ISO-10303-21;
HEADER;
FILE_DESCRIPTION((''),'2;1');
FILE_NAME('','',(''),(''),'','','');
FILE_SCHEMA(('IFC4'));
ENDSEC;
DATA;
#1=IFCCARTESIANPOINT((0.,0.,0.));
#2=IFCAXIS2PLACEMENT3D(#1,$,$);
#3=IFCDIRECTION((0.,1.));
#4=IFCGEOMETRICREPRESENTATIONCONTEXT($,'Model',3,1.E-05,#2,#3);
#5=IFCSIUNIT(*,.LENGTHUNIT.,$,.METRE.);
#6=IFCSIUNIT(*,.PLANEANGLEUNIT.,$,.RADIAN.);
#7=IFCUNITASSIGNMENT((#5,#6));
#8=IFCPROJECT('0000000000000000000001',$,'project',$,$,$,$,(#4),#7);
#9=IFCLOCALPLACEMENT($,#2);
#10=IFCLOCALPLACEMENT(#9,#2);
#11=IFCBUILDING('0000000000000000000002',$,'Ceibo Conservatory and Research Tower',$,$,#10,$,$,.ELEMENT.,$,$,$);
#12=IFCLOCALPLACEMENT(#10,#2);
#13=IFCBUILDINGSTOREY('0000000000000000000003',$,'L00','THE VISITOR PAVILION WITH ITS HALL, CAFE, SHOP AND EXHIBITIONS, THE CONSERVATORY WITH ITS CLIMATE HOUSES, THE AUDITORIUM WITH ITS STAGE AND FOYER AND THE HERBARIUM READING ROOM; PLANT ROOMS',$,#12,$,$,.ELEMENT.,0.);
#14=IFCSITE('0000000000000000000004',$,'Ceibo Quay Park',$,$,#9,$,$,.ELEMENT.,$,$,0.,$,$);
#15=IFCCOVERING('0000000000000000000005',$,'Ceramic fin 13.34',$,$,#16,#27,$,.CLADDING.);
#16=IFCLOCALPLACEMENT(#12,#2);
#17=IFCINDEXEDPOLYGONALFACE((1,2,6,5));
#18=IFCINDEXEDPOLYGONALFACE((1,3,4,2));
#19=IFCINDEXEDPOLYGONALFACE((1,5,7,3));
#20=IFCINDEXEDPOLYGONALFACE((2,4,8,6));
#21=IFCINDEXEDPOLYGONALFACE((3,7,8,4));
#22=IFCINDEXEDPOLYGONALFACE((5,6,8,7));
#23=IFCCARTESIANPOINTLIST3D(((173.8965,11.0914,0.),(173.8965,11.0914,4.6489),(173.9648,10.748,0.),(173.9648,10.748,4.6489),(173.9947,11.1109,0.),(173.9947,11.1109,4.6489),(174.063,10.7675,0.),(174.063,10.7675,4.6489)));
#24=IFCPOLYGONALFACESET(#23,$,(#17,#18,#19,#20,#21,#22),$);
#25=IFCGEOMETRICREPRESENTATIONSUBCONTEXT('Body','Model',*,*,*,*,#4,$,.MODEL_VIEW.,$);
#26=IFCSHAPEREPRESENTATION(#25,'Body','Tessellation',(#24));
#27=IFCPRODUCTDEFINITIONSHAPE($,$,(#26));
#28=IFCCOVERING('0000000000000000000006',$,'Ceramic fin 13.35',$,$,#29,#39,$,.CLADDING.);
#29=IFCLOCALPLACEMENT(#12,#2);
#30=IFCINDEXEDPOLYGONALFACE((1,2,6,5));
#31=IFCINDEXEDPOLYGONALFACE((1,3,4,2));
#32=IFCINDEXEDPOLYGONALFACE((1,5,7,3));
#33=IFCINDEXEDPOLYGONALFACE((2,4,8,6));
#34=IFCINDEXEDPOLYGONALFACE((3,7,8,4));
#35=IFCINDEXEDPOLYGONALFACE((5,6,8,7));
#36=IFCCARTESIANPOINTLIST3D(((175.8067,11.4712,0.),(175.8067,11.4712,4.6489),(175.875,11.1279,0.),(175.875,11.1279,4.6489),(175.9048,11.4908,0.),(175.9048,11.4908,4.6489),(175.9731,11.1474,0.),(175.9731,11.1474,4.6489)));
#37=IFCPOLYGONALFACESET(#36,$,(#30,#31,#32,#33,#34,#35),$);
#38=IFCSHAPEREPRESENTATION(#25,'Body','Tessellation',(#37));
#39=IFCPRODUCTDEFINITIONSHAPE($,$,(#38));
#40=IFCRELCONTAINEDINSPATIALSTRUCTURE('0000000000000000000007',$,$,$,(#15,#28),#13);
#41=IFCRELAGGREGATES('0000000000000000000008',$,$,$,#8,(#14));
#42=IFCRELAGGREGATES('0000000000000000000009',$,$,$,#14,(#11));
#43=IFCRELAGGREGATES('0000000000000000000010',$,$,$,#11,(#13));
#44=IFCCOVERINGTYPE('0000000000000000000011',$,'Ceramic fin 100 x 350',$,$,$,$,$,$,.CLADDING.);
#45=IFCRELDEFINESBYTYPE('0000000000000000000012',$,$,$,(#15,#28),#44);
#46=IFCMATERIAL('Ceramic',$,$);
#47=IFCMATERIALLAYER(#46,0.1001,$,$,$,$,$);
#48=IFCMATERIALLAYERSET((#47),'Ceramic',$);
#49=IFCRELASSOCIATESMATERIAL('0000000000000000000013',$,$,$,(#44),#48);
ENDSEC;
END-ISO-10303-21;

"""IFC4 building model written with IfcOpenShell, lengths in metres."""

from ifc_helpers import new_model, si_unit, direction, frame, origin, origin_2d, place, context, subcontext, project, spatial, rectangle, extrude, material, layer, layer_set, type_object, element, save


model = new_model("IFC4")

# Units and contexts
model_context = context("Model", 3, precision=1e-05, world=origin(), true_north=direction((0.0, 1.0)))
body_context = subcontext(model_context, "Body", "Model", "MODEL_VIEW")
ifc_project = project(units=[si_unit("LENGTHUNIT", "METRE"), si_unit("PLANEANGLEUNIT", "RADIAN")], contexts=[model_context])

# Site, building, storey
site_placement = place(None, origin())
site = spatial("IfcSite", under=ifc_project, at=site_placement, Name="Ceibo Quay Park", CompositionType="ELEMENT", RefElevation=0.0)
building_placement = place(site_placement, origin())
building = spatial("IfcBuilding", under=site, at=building_placement, Name="Ceibo Conservatory and Research Tower", CompositionType="ELEMENT")
storey_placement = place(building_placement, origin())
storey = spatial("IfcBuildingStorey", under=building, at=storey_placement, Name="L00", Description="THE VISITOR PAVILION WITH ITS HALL, CAFE, SHOP AND EXHIBITIONS, THE CONSERVATORY WITH ITS CLIMATE HOUSES, THE AUDITORIUM WITH ITS STAGE AND FOYER AND THE HERBARIUM READING ROOM; PLANT ROOMS", CompositionType="ELEMENT", Elevation=0.0)

# Coverings
ifc_material_1 = material(Name="Ceramic")
ifc_layer_1 = layer(ifc_material_1, 0.1001)
ifc_layer_set_1 = layer_set([ifc_layer_1], Name="Ceramic")
covering_type = type_object("IfcCoveringType", Name="Ceramic fin 100 x 350", PredefinedType="CLADDING", material=ifc_layer_set_1)
for number, where, z_axis, x_axis, name in (
    (1, (173.9797, 10.9294, 0.0), (0.0, 0.0, 1.0), (-0.980785, -0.19509, 0.0), "Ceramic fin 13.34"),
    (2, (175.8899, 11.3093, 0.0), (0.0, 0.0, 1.0), (-0.980785, -0.19509, 0.0), "Ceramic fin 13.35"),
):
    element("IfcCovering", number, at=place(storey_placement, frame(where, z_axis=z_axis, x_axis=x_axis)), inside=storey, type_object=covering_type, Name=name, PredefinedType="CLADDING", context=body_context, shape_type="SweptSolid", body=[
        extrude(rectangle(XDim=0.1001, YDim=0.3501, at=origin_2d()), origin(), (0.0, 0.0, 1.0), 4.6489),
    ])

save(model, "model.ifc")
